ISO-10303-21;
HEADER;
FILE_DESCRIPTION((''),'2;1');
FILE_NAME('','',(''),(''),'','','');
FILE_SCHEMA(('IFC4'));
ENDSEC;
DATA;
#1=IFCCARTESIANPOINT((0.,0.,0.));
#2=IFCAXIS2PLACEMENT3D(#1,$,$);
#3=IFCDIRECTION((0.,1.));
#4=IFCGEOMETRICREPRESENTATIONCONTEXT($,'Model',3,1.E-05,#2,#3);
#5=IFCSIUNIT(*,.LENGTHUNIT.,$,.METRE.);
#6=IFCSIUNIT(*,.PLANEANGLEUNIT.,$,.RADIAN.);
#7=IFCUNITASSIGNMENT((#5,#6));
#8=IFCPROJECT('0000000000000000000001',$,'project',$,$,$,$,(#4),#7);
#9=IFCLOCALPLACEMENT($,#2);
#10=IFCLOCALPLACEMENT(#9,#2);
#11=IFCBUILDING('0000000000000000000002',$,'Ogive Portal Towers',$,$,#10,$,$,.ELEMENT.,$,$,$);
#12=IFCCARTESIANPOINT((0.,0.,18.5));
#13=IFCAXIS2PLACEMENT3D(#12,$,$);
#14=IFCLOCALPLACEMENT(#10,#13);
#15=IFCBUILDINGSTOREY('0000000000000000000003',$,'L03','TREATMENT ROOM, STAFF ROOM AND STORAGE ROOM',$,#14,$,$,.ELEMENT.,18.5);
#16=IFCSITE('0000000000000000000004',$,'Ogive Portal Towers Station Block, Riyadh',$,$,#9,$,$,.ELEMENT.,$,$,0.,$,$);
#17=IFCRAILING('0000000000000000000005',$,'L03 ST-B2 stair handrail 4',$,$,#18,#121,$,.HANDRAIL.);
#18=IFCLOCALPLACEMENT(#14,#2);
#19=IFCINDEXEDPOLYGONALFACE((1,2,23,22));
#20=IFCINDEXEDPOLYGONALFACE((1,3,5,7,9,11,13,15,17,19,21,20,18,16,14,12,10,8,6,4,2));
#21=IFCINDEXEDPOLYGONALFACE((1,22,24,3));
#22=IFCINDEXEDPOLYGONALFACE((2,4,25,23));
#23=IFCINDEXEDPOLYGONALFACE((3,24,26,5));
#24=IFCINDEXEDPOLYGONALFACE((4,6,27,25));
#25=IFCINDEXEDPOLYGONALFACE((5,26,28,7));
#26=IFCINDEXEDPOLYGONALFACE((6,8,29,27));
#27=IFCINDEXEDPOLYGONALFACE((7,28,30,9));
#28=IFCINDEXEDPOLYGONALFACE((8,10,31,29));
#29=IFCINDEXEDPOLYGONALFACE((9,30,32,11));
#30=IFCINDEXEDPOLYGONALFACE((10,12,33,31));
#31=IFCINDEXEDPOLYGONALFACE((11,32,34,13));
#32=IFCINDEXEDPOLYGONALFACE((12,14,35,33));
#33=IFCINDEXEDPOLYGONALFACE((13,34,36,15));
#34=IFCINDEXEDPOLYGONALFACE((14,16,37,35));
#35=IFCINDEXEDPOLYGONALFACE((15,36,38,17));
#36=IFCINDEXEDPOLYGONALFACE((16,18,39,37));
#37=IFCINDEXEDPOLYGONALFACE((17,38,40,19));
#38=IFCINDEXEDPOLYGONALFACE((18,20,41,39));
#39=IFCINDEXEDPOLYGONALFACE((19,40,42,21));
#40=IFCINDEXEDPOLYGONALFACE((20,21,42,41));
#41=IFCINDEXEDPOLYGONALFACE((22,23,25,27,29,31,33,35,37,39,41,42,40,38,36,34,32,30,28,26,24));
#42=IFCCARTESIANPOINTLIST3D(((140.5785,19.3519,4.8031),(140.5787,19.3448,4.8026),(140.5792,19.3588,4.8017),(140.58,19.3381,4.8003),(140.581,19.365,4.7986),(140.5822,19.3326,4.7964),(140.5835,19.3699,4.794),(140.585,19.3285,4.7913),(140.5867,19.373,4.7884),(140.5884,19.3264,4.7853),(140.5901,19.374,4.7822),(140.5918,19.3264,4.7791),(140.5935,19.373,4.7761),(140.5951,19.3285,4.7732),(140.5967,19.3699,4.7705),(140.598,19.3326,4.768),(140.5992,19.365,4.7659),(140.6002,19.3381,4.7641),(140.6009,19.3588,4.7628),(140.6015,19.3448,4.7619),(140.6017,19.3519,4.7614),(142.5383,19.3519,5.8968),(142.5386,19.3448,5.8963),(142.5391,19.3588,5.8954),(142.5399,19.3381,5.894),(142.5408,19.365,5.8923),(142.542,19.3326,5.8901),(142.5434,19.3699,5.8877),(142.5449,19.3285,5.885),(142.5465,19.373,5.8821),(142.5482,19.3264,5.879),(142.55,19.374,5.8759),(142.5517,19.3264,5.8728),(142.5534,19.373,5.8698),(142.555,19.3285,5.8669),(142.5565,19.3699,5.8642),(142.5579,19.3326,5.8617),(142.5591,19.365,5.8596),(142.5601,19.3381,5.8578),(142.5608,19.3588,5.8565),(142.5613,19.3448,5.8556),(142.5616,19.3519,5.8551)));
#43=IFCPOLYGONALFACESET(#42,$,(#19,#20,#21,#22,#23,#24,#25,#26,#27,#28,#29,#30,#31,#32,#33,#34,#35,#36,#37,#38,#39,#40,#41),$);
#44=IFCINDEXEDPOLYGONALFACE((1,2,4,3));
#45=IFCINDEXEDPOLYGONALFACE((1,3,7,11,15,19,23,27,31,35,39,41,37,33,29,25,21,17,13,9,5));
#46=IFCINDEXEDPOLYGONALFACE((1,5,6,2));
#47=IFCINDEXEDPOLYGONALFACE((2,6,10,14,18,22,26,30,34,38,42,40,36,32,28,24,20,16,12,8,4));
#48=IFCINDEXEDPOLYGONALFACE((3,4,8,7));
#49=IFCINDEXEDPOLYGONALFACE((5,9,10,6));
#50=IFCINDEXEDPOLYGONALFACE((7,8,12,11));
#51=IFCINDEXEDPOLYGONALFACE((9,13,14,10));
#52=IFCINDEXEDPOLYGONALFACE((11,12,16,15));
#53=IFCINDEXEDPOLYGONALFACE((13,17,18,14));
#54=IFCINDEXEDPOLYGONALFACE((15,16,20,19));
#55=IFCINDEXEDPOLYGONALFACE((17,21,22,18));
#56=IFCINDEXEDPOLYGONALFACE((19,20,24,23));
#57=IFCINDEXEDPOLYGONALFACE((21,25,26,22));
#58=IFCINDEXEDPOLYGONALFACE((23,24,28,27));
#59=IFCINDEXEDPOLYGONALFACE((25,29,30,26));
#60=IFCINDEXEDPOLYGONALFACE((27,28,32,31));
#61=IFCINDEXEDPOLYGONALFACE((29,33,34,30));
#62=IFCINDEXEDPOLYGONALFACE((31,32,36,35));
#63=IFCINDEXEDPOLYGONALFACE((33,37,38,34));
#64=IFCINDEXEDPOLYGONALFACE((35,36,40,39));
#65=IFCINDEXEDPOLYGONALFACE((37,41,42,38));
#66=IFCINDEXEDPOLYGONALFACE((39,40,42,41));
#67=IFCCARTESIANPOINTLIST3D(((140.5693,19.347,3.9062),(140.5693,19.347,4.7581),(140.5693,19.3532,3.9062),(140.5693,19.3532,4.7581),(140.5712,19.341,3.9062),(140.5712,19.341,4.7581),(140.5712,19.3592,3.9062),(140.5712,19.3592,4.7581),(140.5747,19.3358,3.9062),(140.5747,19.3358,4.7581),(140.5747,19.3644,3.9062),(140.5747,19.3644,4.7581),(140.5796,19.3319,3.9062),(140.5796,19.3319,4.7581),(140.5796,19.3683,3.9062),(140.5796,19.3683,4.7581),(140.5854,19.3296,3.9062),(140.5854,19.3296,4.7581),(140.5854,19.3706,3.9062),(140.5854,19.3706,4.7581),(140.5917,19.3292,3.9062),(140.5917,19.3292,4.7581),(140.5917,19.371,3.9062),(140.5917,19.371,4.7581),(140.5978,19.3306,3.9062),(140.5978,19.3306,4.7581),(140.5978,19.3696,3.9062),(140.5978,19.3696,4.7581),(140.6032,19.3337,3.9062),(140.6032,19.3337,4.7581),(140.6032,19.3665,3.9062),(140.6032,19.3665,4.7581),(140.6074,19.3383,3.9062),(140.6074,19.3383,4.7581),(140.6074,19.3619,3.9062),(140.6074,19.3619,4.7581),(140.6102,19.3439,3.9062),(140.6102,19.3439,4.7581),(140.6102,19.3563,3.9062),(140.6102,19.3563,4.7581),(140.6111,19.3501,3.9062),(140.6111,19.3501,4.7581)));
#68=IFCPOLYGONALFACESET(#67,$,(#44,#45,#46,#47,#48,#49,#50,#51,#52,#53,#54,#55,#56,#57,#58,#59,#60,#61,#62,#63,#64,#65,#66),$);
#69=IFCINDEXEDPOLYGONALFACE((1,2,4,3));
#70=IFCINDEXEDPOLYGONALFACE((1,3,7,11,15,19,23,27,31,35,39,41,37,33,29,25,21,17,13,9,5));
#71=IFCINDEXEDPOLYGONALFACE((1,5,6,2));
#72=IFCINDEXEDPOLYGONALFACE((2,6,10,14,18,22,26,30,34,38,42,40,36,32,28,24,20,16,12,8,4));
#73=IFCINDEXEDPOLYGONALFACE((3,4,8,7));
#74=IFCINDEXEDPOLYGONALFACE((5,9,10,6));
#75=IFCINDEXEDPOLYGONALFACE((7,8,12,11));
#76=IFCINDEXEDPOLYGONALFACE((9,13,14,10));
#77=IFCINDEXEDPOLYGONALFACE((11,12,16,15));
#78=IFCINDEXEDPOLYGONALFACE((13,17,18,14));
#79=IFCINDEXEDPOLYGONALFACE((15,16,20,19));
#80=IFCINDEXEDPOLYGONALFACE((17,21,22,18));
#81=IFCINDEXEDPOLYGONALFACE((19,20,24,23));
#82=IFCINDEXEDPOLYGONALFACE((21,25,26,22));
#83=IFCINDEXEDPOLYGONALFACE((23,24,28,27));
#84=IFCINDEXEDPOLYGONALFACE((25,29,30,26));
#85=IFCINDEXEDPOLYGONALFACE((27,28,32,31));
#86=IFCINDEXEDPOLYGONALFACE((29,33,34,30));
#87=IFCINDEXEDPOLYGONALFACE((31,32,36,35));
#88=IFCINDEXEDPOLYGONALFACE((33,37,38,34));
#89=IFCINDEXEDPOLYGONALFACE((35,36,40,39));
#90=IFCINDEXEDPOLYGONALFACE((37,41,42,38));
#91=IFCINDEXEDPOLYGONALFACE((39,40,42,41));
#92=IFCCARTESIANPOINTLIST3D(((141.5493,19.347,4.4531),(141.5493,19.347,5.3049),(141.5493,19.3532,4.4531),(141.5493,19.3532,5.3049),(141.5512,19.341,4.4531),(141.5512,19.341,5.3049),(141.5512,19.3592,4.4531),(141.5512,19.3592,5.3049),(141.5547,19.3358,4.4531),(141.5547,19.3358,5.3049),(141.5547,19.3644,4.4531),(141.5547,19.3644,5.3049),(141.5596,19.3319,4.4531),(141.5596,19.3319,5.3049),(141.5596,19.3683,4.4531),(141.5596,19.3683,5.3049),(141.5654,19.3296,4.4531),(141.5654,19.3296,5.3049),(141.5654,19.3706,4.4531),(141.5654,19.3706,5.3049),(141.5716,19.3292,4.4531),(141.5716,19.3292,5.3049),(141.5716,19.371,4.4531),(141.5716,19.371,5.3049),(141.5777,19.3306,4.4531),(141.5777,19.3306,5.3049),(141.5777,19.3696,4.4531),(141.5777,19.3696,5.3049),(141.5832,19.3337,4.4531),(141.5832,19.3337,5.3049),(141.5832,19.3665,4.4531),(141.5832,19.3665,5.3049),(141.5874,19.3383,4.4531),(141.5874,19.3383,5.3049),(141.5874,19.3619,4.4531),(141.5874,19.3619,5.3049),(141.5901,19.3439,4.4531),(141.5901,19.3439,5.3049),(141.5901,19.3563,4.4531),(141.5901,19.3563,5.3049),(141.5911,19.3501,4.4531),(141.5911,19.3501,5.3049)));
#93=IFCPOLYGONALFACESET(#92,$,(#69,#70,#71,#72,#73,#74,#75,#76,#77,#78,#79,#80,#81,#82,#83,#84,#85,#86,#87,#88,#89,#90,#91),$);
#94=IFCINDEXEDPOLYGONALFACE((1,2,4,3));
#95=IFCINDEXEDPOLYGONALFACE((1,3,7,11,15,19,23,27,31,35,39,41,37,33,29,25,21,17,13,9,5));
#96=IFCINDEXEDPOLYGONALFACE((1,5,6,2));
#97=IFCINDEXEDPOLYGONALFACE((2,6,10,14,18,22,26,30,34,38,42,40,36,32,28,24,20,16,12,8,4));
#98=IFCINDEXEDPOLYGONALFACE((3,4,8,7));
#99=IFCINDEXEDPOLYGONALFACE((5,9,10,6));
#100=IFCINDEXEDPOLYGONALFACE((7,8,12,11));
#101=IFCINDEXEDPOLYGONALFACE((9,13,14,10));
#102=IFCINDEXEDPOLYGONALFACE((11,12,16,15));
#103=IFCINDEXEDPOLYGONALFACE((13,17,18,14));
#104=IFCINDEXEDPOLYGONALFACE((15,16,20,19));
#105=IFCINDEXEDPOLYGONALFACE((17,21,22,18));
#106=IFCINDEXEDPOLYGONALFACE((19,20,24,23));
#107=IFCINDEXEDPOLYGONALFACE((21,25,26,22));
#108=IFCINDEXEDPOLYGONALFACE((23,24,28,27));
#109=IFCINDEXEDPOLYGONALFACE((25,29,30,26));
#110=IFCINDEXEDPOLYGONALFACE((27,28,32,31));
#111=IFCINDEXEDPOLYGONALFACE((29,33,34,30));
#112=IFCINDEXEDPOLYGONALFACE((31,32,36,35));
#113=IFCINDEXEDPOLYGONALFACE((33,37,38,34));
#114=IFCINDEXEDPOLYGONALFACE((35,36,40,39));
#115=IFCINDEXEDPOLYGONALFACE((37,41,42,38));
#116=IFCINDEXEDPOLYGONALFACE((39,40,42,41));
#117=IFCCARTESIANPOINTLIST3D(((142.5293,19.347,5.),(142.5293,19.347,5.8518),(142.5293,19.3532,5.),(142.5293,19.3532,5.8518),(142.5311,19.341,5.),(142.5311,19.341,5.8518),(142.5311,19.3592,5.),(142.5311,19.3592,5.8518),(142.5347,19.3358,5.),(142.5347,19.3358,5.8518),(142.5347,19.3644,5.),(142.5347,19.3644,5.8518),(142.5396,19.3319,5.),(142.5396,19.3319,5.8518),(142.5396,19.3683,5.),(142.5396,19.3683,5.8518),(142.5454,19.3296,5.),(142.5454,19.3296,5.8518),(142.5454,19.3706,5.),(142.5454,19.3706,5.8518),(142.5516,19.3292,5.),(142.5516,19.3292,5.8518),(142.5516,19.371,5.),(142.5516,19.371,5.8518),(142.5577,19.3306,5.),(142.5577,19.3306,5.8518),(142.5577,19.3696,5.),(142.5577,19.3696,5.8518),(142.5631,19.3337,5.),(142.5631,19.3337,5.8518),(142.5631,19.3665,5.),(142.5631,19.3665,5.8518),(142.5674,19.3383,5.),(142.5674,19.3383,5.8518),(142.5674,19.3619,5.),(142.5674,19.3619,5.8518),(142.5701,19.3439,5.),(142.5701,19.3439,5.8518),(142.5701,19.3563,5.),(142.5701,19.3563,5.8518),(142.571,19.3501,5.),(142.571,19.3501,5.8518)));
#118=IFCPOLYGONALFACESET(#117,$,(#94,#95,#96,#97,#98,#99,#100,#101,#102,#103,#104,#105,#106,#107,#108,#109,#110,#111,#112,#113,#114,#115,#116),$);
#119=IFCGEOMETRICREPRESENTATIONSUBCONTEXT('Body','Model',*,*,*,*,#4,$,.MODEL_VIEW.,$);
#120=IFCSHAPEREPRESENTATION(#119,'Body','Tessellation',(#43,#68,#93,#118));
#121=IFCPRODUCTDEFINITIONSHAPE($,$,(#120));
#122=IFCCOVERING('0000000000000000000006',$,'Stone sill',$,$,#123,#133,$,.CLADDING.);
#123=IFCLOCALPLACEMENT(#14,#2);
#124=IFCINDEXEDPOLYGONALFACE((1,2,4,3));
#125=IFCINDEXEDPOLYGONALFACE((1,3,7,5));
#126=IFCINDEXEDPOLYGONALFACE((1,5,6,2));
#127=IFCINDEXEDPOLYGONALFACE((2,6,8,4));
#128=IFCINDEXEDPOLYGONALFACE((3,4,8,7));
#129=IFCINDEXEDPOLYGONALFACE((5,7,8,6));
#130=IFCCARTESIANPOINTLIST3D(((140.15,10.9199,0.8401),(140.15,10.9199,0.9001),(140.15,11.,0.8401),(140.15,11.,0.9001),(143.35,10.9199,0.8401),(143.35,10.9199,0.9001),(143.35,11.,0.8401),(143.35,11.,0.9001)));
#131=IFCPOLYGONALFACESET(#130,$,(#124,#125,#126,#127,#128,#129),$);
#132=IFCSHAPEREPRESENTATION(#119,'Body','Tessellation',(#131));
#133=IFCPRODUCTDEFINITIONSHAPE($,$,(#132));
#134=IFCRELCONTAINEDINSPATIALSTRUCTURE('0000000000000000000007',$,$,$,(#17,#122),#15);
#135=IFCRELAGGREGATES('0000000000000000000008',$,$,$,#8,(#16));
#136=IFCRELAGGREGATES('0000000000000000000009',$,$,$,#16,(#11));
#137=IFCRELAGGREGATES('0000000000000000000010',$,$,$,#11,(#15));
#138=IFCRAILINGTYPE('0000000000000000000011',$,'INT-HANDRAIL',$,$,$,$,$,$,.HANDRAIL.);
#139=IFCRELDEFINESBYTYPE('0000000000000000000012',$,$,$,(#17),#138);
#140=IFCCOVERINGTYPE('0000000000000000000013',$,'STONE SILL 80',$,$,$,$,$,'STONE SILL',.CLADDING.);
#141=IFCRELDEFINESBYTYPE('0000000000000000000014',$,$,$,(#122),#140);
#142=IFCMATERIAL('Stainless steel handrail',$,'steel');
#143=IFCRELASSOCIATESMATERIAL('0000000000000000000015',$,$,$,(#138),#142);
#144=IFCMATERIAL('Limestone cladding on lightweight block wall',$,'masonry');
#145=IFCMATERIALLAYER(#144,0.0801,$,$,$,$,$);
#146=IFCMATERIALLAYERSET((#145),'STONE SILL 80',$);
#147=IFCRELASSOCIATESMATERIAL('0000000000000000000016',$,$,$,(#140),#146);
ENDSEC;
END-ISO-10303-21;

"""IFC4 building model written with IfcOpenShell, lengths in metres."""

from ifc_helpers import new_model, si_unit, direction, frame, origin, origin_2d, place, context, subcontext, project, spatial, rectangle, circle, extrude, material, layer, layer_set, type_object, element, save


model = new_model("IFC4")

# Units and contexts
model_context = context("Model", 3, precision=1e-05, world=origin(), true_north=direction((0.0, 1.0)))
body_context = subcontext(model_context, "Body", "Model", "MODEL_VIEW")
ifc_project = project(units=[si_unit("LENGTHUNIT", "METRE"), si_unit("PLANEANGLEUNIT", "RADIAN")], contexts=[model_context])

# Site, building, storey
site_placement = place(None, origin())
site = spatial("IfcSite", under=ifc_project, at=site_placement, Name="Ogive Portal Towers Station Block, Riyadh", CompositionType="ELEMENT", RefElevation=0.0)
building_placement = place(site_placement, origin())
building = spatial("IfcBuilding", under=site, at=building_placement, Name="Ogive Portal Towers", CompositionType="ELEMENT")
storey_placement = place(building_placement, frame((0.0, 0.0, 18.5)))
storey = spatial("IfcBuildingStorey", under=building, at=storey_placement, Name="L03", Description="TREATMENT ROOM, STAFF ROOM AND STORAGE ROOM", CompositionType="ELEMENT", Elevation=18.5)

# Railing
ifc_material_1 = material(Name="Stainless steel handrail", Category="steel")
railing_type_1 = type_object("IfcRailingType", Name="INT-HANDRAIL", PredefinedType="HANDRAIL", material=ifc_material_1)
railing_1_placement = place(storey_placement, frame((140.5901, 19.3501, 3.9062)))
element("IfcRailing", 1, at=railing_1_placement, inside=storey, type_object=railing_type_1, Name="L03 ST-B2 stair handrail 4", PredefinedType="HANDRAIL", context=body_context, shape_type="SweptSolid", body=[
    extrude(circle(Radius=0.0239, at=origin_2d()), frame((0.0, 0.0, 0.876), z_axis=(0.873232, 0.0, 0.487304), x_axis=(0.0, 1.0, 0.0)), (0.0, 0.0, 1.0), 2.2444),
    extrude(circle(Radius=0.021, at=origin_2d()), origin(), (0.0, 0.0, 1.0), 0.8518),
    extrude(circle(Radius=0.021, at=origin_2d()), frame((0.98, 0.0, 0.5469)), (0.0, 0.0, 1.0), 0.8518),
    extrude(circle(Radius=0.021, at=origin_2d()), frame((1.96, 0.0, 1.0938)), (0.0, 0.0, 1.0), 0.8518),
])

# Covering
ifc_material_2 = material(Name="Limestone cladding on lightweight block wall", Category="masonry")
ifc_layer_1 = layer(ifc_material_2, 0.0801)
ifc_layer_set_1 = layer_set([ifc_layer_1], Name="STONE SILL 80")
covering_type = type_object("IfcCoveringType", Name="STONE SILL 80", ElementType="STONE SILL", PredefinedType="CLADDING", material=ifc_layer_set_1)
covering_placement = place(storey_placement, frame((141.75, 10.96, 0.8401), z_axis=(0.0, 0.0, 1.0), x_axis=(1.0, 0.0, 0.0)))
element("IfcCovering", 2, at=covering_placement, inside=storey, type_object=covering_type, Name="Stone sill", PredefinedType="CLADDING", context=body_context, shape_type="SweptSolid", body=[
    extrude(rectangle(XDim=3.2, YDim=0.0801, at=origin_2d()), origin(), (0.0, 0.0, 1.0), 0.0601),
])

save(model, "model.ifc")
